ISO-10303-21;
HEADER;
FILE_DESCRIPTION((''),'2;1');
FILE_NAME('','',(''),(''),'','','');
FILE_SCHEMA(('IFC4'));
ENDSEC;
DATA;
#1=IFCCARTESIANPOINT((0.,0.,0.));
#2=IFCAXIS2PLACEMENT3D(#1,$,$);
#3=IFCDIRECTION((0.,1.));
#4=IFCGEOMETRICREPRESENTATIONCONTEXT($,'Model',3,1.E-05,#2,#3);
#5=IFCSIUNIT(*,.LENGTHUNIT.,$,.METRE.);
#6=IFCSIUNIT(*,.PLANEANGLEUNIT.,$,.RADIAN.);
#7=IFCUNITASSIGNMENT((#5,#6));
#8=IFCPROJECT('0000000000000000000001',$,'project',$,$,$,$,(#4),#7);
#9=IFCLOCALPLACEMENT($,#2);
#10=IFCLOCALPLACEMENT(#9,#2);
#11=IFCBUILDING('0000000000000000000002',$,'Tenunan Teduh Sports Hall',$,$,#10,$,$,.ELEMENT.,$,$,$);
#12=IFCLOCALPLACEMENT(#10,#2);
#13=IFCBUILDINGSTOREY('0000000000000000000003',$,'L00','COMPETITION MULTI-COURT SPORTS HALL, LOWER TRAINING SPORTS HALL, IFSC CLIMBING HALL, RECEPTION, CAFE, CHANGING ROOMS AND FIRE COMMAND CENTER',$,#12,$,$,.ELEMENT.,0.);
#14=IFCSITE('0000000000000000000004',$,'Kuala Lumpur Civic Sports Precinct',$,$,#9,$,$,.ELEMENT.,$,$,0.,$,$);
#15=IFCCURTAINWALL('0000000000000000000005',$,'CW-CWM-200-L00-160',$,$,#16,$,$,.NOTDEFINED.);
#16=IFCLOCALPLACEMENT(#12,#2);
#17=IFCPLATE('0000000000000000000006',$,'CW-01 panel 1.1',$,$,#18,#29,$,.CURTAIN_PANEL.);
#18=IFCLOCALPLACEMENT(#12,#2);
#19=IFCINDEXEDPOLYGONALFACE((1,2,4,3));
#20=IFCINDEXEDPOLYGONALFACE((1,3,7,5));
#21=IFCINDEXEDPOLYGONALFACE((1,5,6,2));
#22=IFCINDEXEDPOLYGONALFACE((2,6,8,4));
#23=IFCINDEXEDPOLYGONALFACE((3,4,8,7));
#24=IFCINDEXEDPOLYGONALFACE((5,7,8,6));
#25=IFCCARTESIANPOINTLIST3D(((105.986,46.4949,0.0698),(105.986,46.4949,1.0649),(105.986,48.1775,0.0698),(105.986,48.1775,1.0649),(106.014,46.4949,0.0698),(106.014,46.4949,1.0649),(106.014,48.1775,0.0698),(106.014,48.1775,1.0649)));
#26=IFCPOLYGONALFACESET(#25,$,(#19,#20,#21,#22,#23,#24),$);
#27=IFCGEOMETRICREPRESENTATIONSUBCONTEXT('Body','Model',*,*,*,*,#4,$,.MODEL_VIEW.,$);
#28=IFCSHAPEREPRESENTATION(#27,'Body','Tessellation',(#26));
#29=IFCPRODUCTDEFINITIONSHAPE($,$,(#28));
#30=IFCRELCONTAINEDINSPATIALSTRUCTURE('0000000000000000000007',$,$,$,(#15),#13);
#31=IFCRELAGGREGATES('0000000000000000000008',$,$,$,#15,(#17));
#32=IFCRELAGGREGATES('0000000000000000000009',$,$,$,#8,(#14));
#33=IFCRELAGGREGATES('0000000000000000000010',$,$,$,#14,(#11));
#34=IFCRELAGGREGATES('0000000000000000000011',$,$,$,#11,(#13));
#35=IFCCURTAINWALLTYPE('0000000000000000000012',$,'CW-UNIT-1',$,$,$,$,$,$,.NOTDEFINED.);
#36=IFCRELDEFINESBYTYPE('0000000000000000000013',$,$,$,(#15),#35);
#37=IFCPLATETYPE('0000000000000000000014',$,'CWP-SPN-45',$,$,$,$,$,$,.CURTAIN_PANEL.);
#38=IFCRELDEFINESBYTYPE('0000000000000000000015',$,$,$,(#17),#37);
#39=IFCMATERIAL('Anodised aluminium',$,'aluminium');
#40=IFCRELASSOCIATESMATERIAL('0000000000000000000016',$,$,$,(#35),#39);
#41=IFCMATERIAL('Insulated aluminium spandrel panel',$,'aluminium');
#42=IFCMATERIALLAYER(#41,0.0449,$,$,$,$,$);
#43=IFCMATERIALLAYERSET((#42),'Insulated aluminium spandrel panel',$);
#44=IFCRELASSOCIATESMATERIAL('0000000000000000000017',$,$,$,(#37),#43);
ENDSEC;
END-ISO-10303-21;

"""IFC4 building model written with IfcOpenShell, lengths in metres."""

from ifc_helpers import new_model, si_unit, direction, frame, origin, origin_2d, place, context, subcontext, project, spatial, rectangle, extrude, material, layer, layer_set, type_object, element, aggregate, save


model = new_model("IFC4")

# Units and contexts
model_context = context("Model", 3, precision=1e-05, world=origin(), true_north=direction((0.0, 1.0)))
body_context = subcontext(model_context, "Body", "Model", "MODEL_VIEW")
ifc_project = project(units=[si_unit("LENGTHUNIT", "METRE"), si_unit("PLANEANGLEUNIT", "RADIAN")], contexts=[model_context])

# Site, building, storey
site_placement = place(None, origin())
site = spatial("IfcSite", under=ifc_project, at=site_placement, Name="Kuala Lumpur Civic Sports Precinct", CompositionType="ELEMENT", RefElevation=0.0)
building_placement = place(site_placement, origin())
building = spatial("IfcBuilding", under=site, at=building_placement, Name="Tenunan Teduh Sports Hall", CompositionType="ELEMENT")
storey_placement = place(building_placement, origin())
storey = spatial("IfcBuildingStorey", under=building, at=storey_placement, Name="L00", Description="COMPETITION MULTI-COURT SPORTS HALL, LOWER TRAINING SPORTS HALL, IFSC CLIMBING HALL, RECEPTION, CAFE, CHANGING ROOMS AND FIRE COMMAND CENTER", CompositionType="ELEMENT", Elevation=0.0)

# Shared definitions
ifc_material_1 = material(Name="Anodised aluminium", Category="aluminium")
curtain_wall_type = type_object("IfcCurtainWallType", Name="CW-UNIT-1", PredefinedType="NOTDEFINED", material=ifc_material_1)

# Curtain wall
curtain_wall_1_placement = place(storey_placement, origin())
curtain_wall_1 = element("IfcCurtainWall", 1, at=curtain_wall_1_placement, inside=storey, type_object=curtain_wall_type, Name="CW-CWM-200-L00-160", PredefinedType="NOTDEFINED")

# Plate
ifc_material_2 = material(Name="Insulated aluminium spandrel panel", Category="aluminium")
ifc_layer_1 = layer(ifc_material_2, 0.0449)
ifc_layer_set_1 = layer_set([ifc_layer_1], Name="Insulated aluminium spandrel panel")
plate_type_1 = type_object("IfcPlateType", Name="CWP-SPN-45", PredefinedType="CURTAIN_PANEL", material=ifc_layer_set_1)
plate_1_placement = place(storey_placement, frame((106.0, 47.3362, 0.0698), z_axis=(0.0, 0.0, 1.0), x_axis=(0.0, 1.0, 0.0)))
plate_1 = element("IfcPlate", 2, at=plate_1_placement, type_object=plate_type_1, Name="CW-01 panel 1.1", PredefinedType="CURTAIN_PANEL", context=body_context, shape_type="SweptSolid", body=[
    extrude(rectangle(XDim=1.6826, YDim=0.0281, at=origin_2d()), origin(), (0.0, 0.0, 1.0), 0.9951),
])
aggregate(curtain_wall_1, [plate_1])

save(model, "model.ifc")
